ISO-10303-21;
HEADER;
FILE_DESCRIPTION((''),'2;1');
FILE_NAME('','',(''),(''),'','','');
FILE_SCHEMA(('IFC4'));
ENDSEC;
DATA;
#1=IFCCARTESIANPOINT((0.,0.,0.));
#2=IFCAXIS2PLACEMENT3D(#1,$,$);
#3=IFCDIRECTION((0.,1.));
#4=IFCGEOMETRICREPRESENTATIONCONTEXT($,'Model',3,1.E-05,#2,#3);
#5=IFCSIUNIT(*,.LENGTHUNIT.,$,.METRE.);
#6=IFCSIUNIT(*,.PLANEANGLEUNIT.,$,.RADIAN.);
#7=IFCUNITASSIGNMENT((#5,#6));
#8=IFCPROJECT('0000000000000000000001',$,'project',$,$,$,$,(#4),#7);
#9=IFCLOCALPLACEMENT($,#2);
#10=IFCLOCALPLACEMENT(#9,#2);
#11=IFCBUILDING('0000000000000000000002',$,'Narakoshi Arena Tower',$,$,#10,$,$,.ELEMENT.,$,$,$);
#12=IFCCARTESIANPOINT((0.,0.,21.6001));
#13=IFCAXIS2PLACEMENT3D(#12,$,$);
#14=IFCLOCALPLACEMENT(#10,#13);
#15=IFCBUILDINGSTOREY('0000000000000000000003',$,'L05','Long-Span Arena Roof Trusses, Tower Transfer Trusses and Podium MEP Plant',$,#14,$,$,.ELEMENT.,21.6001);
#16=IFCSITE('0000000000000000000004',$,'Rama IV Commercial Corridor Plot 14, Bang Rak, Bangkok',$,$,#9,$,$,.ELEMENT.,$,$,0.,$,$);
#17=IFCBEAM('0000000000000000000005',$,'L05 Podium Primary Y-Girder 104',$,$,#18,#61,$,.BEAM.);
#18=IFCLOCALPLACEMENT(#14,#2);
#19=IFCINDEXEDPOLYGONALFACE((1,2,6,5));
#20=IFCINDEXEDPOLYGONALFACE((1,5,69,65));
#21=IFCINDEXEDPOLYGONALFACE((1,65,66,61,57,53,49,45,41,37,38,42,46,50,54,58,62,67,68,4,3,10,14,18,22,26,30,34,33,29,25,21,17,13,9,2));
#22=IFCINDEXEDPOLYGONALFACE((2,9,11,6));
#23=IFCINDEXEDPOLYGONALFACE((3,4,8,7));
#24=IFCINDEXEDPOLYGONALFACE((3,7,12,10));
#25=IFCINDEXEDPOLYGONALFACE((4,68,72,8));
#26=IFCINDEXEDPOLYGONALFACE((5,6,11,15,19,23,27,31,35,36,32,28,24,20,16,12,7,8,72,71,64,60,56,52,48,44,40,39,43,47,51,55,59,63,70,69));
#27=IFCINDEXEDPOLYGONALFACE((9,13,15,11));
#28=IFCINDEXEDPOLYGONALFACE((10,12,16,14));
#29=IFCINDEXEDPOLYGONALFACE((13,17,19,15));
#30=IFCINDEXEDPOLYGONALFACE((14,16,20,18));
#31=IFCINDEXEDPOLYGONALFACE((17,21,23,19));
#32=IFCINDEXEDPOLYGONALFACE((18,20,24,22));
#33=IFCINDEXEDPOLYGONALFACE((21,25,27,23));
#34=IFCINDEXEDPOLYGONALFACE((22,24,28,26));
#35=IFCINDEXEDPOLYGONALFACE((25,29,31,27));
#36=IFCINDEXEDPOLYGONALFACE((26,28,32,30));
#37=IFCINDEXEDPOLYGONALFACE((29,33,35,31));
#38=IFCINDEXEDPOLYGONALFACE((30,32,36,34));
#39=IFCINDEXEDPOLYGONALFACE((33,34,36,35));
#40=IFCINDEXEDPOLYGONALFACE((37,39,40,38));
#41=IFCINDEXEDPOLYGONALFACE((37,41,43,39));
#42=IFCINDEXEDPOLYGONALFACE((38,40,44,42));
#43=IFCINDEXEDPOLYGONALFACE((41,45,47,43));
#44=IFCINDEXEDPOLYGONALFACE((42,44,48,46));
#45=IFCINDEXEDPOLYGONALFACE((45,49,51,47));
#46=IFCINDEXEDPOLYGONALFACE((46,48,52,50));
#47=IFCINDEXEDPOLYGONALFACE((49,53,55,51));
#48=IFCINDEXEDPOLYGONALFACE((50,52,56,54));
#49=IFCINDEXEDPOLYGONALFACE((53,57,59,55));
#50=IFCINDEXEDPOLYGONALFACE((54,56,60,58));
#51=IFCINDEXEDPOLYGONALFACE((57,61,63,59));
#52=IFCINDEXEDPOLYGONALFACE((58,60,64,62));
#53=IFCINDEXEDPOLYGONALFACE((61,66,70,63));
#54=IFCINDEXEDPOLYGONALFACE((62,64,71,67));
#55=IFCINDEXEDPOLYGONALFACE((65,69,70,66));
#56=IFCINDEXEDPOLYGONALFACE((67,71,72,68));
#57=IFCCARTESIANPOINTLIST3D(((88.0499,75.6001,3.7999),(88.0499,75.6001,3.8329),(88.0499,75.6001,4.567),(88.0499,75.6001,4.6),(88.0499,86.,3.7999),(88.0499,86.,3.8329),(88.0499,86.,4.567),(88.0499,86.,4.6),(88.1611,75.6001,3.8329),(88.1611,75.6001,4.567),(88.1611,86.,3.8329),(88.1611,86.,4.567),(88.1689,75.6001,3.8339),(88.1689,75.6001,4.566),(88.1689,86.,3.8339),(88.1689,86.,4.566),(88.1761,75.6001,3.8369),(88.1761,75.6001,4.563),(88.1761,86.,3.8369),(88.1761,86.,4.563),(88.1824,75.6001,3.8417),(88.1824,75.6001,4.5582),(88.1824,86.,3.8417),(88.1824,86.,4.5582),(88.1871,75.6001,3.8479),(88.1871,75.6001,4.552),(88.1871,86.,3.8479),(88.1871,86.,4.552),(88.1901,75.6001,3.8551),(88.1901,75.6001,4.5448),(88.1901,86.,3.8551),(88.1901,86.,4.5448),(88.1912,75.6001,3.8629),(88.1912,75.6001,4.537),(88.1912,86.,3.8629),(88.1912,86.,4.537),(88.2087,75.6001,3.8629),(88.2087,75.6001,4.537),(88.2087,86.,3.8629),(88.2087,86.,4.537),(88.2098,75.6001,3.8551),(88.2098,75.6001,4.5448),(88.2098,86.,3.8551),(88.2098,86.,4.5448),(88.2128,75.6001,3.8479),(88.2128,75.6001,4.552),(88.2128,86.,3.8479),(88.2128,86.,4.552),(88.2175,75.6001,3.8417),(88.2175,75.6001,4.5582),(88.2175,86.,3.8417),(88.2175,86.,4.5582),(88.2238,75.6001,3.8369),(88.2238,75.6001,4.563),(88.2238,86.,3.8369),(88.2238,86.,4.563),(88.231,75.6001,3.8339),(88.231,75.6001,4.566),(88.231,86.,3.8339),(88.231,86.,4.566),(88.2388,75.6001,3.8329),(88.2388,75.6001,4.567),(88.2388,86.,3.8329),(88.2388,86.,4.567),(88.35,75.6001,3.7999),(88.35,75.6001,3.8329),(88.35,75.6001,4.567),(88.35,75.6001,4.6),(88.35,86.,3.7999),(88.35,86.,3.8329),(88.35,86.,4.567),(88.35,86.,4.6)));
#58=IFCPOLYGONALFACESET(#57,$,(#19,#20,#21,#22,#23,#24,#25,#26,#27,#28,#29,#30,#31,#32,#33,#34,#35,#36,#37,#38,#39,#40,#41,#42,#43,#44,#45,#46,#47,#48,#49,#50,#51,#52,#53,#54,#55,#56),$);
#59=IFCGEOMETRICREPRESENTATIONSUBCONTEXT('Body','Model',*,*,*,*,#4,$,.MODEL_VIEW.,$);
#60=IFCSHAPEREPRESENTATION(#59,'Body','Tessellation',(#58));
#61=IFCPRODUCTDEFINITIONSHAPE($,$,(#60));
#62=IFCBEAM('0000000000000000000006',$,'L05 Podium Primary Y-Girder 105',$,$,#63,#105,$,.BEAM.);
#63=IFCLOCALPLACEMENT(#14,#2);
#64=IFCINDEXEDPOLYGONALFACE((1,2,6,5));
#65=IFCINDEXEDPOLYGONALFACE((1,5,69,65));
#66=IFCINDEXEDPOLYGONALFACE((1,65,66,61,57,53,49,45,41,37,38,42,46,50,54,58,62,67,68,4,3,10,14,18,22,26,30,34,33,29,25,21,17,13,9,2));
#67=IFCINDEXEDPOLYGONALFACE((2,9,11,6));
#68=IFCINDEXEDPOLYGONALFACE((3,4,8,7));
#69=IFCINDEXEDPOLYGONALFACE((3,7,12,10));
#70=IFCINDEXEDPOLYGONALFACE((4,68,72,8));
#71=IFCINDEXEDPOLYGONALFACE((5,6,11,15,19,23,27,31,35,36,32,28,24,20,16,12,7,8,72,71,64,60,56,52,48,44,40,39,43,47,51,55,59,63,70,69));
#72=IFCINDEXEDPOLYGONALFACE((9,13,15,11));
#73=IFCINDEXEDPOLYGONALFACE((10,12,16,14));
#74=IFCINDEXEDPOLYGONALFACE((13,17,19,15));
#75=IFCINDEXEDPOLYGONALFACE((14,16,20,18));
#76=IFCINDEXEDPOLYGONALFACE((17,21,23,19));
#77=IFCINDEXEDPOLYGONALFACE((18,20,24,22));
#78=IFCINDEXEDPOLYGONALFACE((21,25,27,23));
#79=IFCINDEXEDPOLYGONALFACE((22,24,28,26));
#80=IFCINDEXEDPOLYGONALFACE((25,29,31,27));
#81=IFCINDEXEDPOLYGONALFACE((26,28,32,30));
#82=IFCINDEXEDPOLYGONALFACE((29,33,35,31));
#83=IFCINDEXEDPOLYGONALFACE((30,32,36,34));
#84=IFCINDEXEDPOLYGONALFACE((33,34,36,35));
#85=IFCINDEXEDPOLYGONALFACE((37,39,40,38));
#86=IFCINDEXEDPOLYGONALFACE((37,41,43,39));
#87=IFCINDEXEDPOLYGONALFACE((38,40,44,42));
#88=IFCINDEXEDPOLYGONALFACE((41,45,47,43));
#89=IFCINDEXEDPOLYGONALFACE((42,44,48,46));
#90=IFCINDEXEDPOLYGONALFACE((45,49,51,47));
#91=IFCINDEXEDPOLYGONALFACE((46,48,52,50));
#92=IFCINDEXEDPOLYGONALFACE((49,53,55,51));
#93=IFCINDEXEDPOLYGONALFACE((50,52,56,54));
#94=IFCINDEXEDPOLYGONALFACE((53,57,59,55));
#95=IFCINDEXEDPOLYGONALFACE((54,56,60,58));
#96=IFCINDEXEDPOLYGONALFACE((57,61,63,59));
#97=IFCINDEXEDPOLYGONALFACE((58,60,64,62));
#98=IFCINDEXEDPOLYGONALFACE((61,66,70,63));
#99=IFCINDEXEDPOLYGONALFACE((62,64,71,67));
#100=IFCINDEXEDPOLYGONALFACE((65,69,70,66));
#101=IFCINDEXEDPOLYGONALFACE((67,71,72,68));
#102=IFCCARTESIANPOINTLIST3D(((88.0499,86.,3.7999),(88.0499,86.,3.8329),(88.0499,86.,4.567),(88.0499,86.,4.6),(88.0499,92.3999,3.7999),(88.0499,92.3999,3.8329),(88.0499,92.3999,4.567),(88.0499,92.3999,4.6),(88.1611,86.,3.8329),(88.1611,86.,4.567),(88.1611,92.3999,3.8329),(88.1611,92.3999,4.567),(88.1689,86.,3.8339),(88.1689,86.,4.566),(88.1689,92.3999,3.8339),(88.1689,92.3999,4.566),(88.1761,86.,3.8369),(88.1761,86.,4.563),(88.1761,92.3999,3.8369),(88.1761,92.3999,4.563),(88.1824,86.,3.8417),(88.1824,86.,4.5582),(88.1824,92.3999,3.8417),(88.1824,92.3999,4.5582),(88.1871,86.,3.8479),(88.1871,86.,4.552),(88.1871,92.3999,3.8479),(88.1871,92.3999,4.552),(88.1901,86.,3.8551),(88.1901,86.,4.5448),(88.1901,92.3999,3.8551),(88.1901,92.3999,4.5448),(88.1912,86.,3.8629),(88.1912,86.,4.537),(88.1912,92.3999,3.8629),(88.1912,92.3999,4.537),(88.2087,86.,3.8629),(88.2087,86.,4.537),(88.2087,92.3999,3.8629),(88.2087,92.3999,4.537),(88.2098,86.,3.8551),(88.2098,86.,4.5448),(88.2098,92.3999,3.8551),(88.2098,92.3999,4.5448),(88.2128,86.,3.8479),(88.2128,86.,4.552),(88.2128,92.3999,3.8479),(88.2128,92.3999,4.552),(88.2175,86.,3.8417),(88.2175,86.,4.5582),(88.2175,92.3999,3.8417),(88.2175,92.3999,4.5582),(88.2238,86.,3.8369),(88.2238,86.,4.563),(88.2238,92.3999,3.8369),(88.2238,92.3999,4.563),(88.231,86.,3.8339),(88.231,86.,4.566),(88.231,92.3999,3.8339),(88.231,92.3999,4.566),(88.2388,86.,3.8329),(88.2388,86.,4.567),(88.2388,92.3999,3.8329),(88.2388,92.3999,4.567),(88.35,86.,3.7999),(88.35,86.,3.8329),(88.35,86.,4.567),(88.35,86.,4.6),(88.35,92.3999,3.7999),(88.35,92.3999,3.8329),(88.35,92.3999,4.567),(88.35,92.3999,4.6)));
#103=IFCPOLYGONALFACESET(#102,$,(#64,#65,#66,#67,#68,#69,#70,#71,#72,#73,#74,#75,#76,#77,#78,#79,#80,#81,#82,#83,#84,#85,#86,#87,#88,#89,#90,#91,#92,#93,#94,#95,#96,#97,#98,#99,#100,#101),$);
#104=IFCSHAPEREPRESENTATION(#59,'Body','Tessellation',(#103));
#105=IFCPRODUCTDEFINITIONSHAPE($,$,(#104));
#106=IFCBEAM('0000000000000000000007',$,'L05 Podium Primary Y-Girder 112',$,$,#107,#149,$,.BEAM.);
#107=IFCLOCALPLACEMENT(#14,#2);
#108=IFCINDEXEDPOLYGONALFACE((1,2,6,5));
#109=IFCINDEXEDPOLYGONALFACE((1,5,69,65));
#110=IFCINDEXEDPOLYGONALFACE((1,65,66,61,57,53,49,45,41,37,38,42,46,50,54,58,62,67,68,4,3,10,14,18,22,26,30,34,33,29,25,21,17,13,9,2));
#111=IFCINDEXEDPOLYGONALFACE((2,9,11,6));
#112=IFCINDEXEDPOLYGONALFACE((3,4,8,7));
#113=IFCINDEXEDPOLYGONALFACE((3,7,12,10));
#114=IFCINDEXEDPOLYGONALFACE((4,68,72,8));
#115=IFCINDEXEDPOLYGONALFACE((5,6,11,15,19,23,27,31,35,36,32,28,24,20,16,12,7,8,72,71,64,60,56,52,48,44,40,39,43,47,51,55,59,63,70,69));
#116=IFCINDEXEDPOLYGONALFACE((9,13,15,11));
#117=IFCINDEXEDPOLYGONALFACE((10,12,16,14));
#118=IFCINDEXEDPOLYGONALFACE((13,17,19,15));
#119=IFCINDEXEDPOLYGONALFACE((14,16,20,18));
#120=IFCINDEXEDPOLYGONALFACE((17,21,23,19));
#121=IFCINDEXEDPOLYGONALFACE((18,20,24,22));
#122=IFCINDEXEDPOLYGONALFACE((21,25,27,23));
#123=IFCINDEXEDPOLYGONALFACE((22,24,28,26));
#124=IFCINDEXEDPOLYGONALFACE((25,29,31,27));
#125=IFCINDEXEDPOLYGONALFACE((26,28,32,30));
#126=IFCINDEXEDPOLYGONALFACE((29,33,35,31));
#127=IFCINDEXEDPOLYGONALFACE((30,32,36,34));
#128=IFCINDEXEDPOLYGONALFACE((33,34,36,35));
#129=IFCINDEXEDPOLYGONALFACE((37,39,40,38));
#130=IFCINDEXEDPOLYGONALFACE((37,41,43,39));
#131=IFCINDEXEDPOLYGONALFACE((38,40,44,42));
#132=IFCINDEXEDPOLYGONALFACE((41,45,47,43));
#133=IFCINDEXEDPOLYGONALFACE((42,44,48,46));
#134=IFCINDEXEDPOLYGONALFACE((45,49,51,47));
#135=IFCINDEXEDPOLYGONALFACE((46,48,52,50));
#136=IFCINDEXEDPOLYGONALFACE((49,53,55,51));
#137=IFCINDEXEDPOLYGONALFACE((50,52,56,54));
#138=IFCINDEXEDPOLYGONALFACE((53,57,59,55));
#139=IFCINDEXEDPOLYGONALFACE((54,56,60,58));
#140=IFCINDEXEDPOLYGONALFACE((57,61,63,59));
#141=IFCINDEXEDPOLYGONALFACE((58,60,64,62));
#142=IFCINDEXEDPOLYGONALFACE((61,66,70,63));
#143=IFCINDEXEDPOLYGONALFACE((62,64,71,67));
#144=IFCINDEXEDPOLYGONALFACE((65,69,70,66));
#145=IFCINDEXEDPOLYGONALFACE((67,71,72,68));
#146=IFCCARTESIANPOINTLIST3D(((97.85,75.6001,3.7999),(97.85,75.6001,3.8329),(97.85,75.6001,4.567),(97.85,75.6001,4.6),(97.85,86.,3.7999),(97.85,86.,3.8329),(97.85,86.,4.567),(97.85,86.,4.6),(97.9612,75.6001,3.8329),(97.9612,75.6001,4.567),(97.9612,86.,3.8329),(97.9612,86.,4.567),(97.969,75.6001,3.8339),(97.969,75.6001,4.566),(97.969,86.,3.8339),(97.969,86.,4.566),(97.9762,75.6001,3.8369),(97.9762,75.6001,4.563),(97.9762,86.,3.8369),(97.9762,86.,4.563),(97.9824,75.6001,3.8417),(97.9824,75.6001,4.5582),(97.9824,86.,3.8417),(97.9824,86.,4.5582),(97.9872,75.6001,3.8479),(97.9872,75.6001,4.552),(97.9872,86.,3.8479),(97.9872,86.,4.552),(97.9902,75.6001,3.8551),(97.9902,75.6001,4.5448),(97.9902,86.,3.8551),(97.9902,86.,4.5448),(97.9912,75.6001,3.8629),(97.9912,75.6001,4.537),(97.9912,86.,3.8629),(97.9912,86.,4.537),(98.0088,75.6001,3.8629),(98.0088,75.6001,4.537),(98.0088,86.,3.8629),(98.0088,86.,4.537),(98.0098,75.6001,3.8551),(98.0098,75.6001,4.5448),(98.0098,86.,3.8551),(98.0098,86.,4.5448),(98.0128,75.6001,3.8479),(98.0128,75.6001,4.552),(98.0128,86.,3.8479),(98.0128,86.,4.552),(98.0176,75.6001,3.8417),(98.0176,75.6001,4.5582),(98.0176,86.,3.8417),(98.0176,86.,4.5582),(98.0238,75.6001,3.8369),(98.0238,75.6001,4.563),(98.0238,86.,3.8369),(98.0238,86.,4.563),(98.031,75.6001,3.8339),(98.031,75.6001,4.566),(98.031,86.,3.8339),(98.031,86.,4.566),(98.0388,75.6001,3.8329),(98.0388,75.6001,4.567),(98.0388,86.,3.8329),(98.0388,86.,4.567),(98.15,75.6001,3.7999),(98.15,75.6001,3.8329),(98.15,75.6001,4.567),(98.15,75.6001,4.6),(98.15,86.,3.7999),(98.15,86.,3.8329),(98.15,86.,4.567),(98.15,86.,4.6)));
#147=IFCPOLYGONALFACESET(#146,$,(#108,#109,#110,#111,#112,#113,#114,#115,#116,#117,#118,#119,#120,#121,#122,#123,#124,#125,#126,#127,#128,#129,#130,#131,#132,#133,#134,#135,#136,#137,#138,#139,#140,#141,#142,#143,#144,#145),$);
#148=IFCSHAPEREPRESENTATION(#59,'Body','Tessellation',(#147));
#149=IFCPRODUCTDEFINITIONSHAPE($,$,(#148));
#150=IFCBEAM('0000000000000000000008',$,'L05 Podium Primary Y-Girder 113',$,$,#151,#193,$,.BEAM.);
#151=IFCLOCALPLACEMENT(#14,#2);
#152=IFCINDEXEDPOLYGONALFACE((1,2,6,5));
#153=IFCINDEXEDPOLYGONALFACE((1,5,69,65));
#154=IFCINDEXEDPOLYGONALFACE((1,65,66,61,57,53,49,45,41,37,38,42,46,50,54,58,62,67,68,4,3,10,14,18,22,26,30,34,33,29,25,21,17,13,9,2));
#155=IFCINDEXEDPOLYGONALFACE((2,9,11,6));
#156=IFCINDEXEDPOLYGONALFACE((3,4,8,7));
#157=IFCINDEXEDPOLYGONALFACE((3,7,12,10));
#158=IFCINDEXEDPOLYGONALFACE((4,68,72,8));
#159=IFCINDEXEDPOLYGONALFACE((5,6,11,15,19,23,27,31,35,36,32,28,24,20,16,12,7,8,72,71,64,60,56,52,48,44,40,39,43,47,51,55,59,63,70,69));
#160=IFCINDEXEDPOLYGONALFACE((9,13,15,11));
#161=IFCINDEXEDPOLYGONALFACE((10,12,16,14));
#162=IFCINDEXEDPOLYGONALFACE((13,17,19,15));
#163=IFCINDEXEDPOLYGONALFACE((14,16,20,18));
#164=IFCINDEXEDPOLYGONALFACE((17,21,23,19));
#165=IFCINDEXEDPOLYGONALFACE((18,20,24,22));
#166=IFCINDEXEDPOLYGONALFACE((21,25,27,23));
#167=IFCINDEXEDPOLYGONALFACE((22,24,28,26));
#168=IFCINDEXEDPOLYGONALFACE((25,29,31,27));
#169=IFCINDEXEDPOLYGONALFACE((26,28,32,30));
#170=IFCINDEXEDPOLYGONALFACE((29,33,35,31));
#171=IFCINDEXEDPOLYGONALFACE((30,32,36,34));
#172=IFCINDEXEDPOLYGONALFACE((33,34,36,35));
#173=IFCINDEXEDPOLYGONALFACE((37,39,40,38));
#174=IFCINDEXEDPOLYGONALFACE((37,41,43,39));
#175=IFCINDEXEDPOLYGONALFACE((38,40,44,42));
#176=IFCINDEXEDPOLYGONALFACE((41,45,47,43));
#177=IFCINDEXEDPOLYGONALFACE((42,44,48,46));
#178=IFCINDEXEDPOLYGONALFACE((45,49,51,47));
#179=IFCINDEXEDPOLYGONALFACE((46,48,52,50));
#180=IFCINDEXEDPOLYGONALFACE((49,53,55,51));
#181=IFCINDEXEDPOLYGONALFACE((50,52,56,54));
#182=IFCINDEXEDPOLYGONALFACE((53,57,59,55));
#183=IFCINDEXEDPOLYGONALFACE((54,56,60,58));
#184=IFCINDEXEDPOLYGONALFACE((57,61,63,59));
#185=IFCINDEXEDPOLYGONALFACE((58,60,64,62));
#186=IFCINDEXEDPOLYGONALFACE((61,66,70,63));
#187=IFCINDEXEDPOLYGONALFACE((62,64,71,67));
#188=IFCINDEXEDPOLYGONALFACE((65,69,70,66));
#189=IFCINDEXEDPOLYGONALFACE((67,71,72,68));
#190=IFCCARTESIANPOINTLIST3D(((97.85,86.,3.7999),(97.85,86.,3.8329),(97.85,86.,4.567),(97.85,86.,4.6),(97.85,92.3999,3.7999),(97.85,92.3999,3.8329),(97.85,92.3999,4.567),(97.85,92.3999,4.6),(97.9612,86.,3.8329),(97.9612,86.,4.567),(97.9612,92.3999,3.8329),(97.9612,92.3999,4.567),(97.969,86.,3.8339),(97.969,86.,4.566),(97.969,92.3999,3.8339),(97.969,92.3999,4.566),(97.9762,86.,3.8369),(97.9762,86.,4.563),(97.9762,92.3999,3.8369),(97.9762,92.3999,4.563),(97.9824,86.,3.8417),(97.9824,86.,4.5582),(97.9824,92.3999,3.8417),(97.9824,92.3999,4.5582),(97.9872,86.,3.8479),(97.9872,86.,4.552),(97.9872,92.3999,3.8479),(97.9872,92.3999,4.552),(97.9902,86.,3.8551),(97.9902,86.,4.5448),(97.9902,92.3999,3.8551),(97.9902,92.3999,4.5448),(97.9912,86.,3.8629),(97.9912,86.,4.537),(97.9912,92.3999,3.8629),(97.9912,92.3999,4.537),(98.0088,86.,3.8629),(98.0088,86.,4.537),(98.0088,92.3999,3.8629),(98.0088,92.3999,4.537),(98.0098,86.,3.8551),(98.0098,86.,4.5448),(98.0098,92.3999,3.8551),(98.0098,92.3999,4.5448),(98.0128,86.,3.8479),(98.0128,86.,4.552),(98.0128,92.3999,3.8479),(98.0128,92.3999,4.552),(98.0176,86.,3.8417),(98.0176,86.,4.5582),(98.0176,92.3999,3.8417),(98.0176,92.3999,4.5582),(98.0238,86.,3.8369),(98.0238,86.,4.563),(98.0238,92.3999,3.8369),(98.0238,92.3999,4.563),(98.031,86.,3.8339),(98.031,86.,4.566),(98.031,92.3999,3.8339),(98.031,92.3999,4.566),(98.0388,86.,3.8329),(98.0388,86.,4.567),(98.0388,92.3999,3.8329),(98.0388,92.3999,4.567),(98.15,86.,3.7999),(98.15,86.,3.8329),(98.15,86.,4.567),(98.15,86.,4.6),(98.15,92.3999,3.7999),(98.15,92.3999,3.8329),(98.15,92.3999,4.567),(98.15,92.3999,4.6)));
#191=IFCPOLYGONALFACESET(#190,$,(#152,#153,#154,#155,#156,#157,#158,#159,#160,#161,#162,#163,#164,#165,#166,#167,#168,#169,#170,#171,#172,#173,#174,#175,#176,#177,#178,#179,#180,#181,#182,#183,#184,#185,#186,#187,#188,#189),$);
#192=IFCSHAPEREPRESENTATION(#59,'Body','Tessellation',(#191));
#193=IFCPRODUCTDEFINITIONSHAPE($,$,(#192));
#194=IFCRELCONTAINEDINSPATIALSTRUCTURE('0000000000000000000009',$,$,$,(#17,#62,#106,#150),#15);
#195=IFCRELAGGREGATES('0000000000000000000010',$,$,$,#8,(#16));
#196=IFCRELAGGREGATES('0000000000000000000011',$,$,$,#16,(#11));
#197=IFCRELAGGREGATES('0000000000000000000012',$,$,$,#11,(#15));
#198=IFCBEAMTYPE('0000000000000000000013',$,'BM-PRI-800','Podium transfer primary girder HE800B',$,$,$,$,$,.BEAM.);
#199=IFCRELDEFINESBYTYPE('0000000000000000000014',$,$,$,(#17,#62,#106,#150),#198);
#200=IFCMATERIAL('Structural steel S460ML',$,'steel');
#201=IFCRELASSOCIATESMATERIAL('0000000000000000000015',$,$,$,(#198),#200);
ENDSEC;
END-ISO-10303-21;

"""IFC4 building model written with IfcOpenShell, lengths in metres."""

from ifc_helpers import new_model, si_unit, direction, frame, origin, origin_2d, place, context, subcontext, project, spatial, i_section, extrude, material, material_profile, profile_set, type_object, element, save


model = new_model("IFC4")

# Units and contexts
model_context = context("Model", 3, precision=1e-05, world=origin(), true_north=direction((0.0, 1.0)))
body_context = subcontext(model_context, "Body", "Model", "MODEL_VIEW")
ifc_project = project(units=[si_unit("LENGTHUNIT", "METRE"), si_unit("PLANEANGLEUNIT", "RADIAN")], contexts=[model_context])

# Site, building, storey
site_placement = place(None, origin())
site = spatial("IfcSite", under=ifc_project, at=site_placement, Name="Rama IV Commercial Corridor Plot 14, Bang Rak, Bangkok", CompositionType="ELEMENT", RefElevation=0.0)
building_placement = place(site_placement, origin())
building = spatial("IfcBuilding", under=site, at=building_placement, Name="Narakoshi Arena Tower", CompositionType="ELEMENT")
storey_placement = place(building_placement, frame((0.0, 0.0, 21.6001)))
storey = spatial("IfcBuildingStorey", under=building, at=storey_placement, Name="L05", Description="Long-Span Arena Roof Trusses, Tower Transfer Trusses and Podium MEP Plant", CompositionType="ELEMENT", Elevation=21.6001)

# Beams
ifc_material_1 = material(Name="Structural steel S460ML", Category="steel")
ifc_material_profile_1 = material_profile(ifc_material_1, i_section(OverallWidth=0.3, OverallDepth=0.8, WebThickness=0.0176, FlangeThickness=0.033, FilletRadius=0.03, at=origin_2d()), Name="HE800B")
ifc_profile_set_1 = profile_set([ifc_material_profile_1], Name="Structural steel S460ML")
beam_type_1 = type_object("IfcBeamType", Name="BM-PRI-800", Description="Podium transfer primary girder HE800B", PredefinedType="BEAM", material=ifc_profile_set_1)
beam_1_placement = place(storey_placement, frame((88.2, 75.6001, 4.2), z_axis=(0.0, 1.0, 0.0), x_axis=(-1.0, 0.0, 0.0)))
element("IfcBeam", 1, at=beam_1_placement, inside=storey, type_object=beam_type_1, Name="L05 Podium Primary Y-Girder 104", PredefinedType="BEAM", context=body_context, shape_type="SweptSolid", body=[
    extrude(i_section(OverallWidth=0.3, OverallDepth=0.8, WebThickness=0.0176, FlangeThickness=0.033, FilletRadius=0.03, at=origin_2d()), origin(), (0.0, 0.0, 1.0), 10.3999),
])
beam_2_placement = place(storey_placement, frame((88.2, 86.0, 4.2), z_axis=(0.0, 1.0, 0.0), x_axis=(-1.0, 0.0, 0.0)))
element("IfcBeam", 2, at=beam_2_placement, inside=storey, type_object=beam_type_1, Name="L05 Podium Primary Y-Girder 105", PredefinedType="BEAM", context=body_context, shape_type="SweptSolid", body=[
    extrude(i_section(OverallWidth=0.3, OverallDepth=0.8, WebThickness=0.0176, FlangeThickness=0.033, FilletRadius=0.03, at=origin_2d()), origin(), (0.0, 0.0, 1.0), 6.3999),
])
beam_3_placement = place(storey_placement, frame((98.0, 75.6001, 4.2), z_axis=(0.0, 1.0, 0.0), x_axis=(-1.0, 0.0, 0.0)))
element("IfcBeam", 3, at=beam_3_placement, inside=storey, type_object=beam_type_1, Name="L05 Podium Primary Y-Girder 112", PredefinedType="BEAM", context=body_context, shape_type="SweptSolid", body=[
    extrude(i_section(OverallWidth=0.3, OverallDepth=0.8, WebThickness=0.0176, FlangeThickness=0.033, FilletRadius=0.03, at=origin_2d()), origin(), (0.0, 0.0, 1.0), 10.3999),
])
beam_4_placement = place(storey_placement, frame((98.0, 86.0, 4.2), z_axis=(0.0, 1.0, 0.0), x_axis=(-1.0, 0.0, 0.0)))
element("IfcBeam", 4, at=beam_4_placement, inside=storey, type_object=beam_type_1, Name="L05 Podium Primary Y-Girder 113", PredefinedType="BEAM", context=body_context, shape_type="SweptSolid", body=[
    extrude(i_section(OverallWidth=0.3, OverallDepth=0.8, WebThickness=0.0176, FlangeThickness=0.033, FilletRadius=0.03, at=origin_2d()), origin(), (0.0, 0.0, 1.0), 6.3999),
])

save(model, "model.ifc")
